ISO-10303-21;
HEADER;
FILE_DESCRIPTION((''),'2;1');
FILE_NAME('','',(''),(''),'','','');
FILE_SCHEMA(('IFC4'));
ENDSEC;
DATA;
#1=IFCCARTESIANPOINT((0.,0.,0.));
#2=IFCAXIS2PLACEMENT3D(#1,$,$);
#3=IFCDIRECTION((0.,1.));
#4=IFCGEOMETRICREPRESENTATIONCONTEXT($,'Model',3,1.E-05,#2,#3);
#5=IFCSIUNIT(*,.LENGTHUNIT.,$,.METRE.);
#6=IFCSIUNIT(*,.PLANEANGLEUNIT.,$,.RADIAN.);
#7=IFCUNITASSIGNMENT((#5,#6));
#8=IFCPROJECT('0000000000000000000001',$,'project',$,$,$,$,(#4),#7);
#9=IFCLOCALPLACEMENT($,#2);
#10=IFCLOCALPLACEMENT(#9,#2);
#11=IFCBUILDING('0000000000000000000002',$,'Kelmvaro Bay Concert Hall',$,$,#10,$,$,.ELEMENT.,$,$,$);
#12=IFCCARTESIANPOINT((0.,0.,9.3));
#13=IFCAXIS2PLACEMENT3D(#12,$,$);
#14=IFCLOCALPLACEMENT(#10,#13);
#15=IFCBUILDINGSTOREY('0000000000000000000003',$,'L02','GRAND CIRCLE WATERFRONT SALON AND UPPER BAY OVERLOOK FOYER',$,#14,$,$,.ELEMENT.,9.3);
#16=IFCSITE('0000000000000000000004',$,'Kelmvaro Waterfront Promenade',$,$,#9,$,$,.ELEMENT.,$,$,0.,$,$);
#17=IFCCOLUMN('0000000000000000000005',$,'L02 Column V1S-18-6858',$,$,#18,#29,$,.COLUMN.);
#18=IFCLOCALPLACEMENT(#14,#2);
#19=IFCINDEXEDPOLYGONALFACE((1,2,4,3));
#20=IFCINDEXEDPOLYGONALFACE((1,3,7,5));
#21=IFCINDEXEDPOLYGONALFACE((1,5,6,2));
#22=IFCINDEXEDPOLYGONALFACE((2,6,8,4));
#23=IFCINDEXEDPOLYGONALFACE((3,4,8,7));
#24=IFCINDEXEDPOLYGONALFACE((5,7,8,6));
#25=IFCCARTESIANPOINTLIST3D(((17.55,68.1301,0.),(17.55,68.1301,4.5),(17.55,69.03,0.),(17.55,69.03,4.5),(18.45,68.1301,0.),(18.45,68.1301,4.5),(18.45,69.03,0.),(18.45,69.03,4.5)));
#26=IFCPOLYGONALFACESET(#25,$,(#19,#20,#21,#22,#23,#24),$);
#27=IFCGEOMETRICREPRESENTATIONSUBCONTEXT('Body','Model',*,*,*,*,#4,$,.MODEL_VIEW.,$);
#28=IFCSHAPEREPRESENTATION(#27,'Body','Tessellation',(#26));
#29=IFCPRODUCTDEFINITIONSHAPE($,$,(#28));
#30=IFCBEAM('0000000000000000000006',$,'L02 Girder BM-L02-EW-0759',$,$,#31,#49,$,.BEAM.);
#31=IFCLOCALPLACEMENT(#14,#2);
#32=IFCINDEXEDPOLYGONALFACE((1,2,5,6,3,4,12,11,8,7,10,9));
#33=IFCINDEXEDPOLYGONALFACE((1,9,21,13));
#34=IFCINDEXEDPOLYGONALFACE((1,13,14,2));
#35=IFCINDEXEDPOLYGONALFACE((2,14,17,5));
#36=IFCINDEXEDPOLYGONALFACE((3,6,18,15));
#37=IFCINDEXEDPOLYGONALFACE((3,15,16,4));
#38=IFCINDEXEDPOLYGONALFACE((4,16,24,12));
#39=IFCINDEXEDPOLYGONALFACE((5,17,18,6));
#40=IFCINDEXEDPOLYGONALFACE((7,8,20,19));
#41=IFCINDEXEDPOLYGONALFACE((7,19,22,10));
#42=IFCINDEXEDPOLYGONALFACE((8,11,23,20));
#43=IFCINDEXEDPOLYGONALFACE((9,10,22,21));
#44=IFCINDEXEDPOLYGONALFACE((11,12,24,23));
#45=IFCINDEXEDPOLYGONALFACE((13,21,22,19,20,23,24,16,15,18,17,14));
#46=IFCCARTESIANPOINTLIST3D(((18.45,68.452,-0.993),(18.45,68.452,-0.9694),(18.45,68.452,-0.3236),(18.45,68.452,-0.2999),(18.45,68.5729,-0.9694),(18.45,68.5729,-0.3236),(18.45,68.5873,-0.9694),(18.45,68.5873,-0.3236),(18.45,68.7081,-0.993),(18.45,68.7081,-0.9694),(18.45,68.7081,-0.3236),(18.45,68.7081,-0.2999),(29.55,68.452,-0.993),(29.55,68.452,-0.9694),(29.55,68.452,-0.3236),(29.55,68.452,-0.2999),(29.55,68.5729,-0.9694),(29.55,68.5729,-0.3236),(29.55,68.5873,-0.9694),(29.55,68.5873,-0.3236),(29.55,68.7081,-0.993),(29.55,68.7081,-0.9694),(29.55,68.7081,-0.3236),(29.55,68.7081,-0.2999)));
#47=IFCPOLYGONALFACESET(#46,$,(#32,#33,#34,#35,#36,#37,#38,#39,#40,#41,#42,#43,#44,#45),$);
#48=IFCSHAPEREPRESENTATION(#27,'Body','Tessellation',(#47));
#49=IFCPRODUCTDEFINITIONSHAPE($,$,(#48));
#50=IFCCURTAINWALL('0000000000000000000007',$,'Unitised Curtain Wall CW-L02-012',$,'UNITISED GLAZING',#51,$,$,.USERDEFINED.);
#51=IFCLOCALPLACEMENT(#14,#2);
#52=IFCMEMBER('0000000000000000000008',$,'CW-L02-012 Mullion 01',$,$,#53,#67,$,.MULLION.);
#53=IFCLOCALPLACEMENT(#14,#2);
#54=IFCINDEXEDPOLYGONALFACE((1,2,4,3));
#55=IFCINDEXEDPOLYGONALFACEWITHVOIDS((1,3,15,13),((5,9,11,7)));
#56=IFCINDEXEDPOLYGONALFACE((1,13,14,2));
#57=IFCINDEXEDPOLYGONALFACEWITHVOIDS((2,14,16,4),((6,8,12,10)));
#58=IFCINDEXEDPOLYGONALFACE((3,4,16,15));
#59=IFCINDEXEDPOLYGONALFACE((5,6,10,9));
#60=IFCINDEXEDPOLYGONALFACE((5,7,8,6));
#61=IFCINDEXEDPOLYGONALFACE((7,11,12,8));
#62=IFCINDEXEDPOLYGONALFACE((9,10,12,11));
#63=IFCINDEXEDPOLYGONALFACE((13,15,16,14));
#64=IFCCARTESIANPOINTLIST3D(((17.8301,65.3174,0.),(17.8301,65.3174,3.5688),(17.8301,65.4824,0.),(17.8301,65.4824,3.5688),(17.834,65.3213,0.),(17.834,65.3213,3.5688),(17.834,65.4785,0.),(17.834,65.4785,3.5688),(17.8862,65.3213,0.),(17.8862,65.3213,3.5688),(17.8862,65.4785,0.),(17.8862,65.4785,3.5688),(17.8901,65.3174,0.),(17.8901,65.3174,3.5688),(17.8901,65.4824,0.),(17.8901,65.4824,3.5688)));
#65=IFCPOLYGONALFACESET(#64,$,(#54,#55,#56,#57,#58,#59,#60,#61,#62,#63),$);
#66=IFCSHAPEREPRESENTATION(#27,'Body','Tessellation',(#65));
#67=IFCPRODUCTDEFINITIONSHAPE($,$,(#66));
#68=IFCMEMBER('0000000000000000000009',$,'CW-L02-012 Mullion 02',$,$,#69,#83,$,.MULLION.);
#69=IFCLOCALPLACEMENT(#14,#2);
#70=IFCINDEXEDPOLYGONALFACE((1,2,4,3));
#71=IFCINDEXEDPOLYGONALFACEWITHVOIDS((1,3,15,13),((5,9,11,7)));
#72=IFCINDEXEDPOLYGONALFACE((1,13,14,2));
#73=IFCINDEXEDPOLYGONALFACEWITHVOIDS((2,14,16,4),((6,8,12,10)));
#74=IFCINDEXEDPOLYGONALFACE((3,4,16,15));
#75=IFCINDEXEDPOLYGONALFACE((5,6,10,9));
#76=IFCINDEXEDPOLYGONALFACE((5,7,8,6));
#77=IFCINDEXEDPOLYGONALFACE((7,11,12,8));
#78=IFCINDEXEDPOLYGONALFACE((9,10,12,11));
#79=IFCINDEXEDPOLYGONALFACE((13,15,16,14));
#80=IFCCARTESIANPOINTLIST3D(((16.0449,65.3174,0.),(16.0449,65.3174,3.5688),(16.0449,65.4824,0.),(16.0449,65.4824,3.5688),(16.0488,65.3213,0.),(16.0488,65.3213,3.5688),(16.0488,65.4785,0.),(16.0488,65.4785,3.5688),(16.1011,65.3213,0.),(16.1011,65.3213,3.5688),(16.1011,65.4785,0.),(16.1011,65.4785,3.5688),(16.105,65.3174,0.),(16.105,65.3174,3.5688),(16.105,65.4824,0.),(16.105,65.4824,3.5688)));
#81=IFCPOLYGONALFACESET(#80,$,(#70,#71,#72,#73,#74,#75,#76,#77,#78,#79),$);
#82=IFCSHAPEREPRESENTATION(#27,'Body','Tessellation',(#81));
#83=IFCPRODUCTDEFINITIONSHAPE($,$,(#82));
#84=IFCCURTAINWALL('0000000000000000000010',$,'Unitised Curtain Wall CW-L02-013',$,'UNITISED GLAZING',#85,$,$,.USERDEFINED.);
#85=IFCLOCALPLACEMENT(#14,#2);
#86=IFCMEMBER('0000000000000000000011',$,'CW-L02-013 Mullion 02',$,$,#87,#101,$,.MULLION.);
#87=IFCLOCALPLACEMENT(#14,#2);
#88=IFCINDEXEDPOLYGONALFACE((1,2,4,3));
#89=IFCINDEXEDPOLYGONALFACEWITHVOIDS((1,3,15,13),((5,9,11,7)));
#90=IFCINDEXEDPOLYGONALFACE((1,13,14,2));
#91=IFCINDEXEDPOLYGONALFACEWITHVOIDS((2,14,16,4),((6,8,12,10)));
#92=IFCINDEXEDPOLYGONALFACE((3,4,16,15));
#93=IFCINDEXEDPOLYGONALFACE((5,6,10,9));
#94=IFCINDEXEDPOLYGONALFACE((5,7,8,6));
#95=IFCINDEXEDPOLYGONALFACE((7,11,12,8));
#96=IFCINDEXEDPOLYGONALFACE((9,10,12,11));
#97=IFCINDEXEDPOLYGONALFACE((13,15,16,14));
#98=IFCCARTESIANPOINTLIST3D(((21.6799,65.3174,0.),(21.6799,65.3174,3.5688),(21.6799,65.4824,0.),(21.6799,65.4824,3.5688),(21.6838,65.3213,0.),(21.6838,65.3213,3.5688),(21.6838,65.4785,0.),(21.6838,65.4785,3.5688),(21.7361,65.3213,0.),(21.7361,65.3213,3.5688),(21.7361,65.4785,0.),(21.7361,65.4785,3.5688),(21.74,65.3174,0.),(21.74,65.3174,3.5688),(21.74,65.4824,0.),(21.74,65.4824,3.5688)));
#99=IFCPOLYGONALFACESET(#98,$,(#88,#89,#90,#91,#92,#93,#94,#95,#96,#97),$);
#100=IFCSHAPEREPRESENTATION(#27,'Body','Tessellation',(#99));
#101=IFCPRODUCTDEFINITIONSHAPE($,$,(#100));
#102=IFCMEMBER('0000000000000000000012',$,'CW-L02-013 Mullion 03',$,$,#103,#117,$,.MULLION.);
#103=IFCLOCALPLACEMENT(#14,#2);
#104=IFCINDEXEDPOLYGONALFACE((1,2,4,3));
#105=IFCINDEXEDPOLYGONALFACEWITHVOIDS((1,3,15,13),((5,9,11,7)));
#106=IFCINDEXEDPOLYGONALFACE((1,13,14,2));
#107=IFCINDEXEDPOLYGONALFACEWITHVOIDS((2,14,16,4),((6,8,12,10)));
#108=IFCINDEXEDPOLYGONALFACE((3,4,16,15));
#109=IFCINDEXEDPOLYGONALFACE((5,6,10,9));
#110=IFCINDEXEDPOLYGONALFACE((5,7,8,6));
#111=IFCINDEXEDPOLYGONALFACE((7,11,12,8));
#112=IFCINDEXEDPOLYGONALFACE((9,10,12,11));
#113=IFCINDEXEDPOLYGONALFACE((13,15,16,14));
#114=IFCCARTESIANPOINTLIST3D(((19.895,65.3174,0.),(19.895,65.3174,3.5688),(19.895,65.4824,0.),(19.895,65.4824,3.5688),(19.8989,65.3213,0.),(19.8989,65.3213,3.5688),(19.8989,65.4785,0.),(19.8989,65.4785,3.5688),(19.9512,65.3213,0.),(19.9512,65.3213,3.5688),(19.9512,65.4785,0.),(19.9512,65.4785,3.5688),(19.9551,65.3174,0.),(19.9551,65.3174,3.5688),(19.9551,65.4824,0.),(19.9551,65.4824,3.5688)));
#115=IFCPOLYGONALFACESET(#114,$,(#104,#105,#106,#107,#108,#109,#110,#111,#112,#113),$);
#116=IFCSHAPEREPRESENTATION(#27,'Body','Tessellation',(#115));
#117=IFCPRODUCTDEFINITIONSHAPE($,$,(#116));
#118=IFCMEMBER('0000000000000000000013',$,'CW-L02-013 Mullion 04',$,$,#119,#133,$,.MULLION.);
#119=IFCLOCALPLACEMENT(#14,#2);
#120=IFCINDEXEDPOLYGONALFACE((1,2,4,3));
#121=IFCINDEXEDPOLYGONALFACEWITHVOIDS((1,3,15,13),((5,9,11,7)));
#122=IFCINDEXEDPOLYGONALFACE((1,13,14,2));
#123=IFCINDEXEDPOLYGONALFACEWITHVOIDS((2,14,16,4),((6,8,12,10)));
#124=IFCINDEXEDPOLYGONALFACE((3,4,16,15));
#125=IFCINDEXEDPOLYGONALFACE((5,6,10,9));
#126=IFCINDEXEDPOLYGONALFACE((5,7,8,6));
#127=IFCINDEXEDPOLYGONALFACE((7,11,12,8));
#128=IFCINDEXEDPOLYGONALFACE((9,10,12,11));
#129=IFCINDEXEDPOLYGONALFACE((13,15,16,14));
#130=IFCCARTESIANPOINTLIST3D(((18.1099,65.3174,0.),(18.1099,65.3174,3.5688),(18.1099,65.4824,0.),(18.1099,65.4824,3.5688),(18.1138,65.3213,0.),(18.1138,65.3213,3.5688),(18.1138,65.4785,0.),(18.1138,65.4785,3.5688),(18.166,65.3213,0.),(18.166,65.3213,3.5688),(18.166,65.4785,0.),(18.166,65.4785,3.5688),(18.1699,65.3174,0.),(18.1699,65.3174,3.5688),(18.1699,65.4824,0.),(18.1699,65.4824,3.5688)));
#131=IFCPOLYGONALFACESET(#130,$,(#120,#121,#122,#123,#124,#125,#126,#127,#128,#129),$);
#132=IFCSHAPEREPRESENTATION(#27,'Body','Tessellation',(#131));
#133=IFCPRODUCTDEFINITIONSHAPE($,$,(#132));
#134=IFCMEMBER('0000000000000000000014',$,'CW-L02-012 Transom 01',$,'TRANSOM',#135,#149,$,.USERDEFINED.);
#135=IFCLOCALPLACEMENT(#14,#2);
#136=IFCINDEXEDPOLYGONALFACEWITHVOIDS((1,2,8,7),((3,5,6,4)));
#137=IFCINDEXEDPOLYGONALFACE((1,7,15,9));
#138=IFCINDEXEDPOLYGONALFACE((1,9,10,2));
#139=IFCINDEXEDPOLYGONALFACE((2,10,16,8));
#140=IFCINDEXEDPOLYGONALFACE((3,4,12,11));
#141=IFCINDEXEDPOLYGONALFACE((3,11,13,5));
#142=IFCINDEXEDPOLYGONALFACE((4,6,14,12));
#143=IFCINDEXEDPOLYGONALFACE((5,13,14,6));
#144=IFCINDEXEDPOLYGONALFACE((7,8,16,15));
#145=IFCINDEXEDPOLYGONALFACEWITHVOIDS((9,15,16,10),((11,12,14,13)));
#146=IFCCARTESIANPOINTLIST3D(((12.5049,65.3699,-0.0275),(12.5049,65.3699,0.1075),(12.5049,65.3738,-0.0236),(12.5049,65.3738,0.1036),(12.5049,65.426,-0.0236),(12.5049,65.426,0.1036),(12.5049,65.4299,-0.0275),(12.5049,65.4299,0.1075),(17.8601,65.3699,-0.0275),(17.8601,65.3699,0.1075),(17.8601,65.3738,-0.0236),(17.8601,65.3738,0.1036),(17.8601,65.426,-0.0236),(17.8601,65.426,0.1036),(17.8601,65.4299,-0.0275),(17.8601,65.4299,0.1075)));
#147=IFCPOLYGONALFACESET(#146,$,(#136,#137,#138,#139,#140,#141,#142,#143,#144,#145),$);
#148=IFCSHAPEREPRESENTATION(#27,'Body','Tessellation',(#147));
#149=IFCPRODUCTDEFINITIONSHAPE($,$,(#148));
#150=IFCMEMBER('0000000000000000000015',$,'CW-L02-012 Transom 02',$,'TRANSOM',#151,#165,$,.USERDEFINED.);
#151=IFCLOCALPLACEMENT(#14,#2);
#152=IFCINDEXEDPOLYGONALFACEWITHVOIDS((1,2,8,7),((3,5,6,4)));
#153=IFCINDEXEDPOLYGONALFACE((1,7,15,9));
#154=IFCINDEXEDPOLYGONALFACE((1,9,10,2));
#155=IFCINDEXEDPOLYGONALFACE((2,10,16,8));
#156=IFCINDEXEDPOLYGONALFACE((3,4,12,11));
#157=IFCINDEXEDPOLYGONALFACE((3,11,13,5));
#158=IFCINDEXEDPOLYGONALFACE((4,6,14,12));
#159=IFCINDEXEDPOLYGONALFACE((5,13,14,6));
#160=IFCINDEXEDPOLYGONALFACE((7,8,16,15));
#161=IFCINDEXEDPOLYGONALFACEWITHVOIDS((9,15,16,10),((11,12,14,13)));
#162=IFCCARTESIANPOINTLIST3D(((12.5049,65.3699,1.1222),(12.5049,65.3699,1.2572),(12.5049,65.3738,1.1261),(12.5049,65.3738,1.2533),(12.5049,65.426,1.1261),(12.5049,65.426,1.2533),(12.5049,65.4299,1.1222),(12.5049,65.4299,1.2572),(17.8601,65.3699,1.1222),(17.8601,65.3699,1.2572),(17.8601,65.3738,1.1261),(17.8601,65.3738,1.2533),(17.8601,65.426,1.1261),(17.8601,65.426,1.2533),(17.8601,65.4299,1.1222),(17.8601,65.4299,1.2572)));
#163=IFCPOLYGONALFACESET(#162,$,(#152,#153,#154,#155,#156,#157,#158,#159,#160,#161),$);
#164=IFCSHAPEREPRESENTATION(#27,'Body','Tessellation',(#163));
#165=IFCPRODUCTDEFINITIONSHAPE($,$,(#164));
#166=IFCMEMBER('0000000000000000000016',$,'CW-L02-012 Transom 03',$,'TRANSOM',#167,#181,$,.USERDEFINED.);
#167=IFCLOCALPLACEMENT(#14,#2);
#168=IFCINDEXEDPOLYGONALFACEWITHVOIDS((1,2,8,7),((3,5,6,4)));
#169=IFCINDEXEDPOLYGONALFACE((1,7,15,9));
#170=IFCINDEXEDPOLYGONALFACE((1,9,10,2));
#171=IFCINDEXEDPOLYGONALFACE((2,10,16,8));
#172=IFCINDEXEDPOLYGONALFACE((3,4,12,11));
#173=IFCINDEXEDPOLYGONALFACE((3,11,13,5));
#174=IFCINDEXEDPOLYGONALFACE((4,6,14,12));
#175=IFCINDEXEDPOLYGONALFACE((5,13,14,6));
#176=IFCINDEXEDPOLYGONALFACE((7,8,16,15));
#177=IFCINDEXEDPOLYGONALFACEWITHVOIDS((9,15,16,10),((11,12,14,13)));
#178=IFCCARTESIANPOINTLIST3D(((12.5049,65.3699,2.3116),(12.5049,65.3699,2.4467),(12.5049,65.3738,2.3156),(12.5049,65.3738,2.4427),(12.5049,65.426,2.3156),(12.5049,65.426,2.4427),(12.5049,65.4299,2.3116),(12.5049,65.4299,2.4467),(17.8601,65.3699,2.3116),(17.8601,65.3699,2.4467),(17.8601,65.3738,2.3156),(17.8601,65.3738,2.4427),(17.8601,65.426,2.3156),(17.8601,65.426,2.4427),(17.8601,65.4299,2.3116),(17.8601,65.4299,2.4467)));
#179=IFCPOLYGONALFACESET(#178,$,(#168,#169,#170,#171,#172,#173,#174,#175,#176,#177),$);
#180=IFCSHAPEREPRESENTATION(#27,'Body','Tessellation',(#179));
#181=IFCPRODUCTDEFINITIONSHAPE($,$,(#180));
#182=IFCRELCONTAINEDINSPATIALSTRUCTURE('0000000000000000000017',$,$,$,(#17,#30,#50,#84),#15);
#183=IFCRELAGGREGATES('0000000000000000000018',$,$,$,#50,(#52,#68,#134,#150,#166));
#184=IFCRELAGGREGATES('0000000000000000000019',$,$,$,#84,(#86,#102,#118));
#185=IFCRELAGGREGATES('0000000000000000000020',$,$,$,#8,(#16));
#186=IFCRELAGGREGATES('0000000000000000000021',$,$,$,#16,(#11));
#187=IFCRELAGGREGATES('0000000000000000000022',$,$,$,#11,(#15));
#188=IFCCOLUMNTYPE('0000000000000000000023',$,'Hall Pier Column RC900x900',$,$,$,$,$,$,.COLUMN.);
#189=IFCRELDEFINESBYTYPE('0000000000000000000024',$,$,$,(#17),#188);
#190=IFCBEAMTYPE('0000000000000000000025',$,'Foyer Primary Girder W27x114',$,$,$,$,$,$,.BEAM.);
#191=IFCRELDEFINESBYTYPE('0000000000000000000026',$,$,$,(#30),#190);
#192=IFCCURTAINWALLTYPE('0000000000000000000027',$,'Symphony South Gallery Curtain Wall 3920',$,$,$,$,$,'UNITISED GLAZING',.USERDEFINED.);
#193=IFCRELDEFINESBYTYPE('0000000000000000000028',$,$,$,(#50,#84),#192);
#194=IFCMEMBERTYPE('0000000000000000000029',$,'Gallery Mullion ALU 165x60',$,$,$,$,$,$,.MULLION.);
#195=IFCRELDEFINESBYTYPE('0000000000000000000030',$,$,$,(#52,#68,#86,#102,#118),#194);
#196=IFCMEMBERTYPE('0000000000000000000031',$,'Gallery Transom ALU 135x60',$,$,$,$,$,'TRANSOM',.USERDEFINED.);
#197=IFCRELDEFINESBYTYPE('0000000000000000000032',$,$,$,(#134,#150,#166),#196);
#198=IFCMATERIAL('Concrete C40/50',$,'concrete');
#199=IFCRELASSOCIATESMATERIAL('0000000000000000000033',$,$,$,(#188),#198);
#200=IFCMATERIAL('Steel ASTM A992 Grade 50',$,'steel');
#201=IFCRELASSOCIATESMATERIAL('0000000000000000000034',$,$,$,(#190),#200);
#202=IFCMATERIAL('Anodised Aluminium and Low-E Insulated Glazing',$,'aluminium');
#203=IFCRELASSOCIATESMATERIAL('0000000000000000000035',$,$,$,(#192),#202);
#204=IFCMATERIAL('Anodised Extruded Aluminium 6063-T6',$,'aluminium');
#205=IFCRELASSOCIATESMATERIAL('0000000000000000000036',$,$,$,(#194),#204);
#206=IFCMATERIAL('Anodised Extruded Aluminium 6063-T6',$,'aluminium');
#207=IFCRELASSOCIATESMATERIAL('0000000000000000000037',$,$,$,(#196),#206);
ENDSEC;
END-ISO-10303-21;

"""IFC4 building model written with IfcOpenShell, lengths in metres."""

from ifc_helpers import new_model, si_unit, direction, frame, origin, origin_2d, place, context, subcontext, project, spatial, rectangle, hollow_rectangle, i_section, extrude, material, material_profile, profile_set, type_object, element, aggregate, save


model = new_model("IFC4")

# Units and contexts
model_context = context("Model", 3, precision=1e-05, world=origin(), true_north=direction((0.0, 1.0)))
body_context = subcontext(model_context, "Body", "Model", "MODEL_VIEW")
ifc_project = project(units=[si_unit("LENGTHUNIT", "METRE"), si_unit("PLANEANGLEUNIT", "RADIAN")], contexts=[model_context])

# Site, building, storey
site_placement = place(None, origin())
site = spatial("IfcSite", under=ifc_project, at=site_placement, Name="Kelmvaro Waterfront Promenade", CompositionType="ELEMENT", RefElevation=0.0)
building_placement = place(site_placement, origin())
building = spatial("IfcBuilding", under=site, at=building_placement, Name="Kelmvaro Bay Concert Hall", CompositionType="ELEMENT")
storey_placement = place(building_placement, frame((0.0, 0.0, 9.3)))
storey = spatial("IfcBuildingStorey", under=building, at=storey_placement, Name="L02", Description="GRAND CIRCLE WATERFRONT SALON AND UPPER BAY OVERLOOK FOYER", CompositionType="ELEMENT", Elevation=9.3)

# Column
ifc_material_1 = material(Name="Concrete C40/50", Category="concrete")
ifc_material_profile_1 = material_profile(ifc_material_1, rectangle(XDim=0.8999, YDim=0.8999, at=origin_2d()), Name="RC-COL-900X900")
ifc_profile_set_1 = profile_set([ifc_material_profile_1], Name="Concrete C40/50")
column_type = type_object("IfcColumnType", Name="Hall Pier Column RC900x900", PredefinedType="COLUMN", material=ifc_profile_set_1)
column_placement = place(storey_placement, frame((18.0, 68.5801, 0.0), z_axis=(0.0, 0.0, 1.0), x_axis=(1.0, 0.0, 0.0)))
element("IfcColumn", 1, at=column_placement, inside=storey, type_object=column_type, Name="L02 Column V1S-18-6858", PredefinedType="COLUMN", context=body_context, shape_type="SweptSolid", body=[
    extrude(rectangle(XDim=0.8999, YDim=0.8999, at=origin_2d()), origin(), (0.0, 0.0, 1.0), 4.5),
])

# Beam
ifc_material_2 = material(Name="Steel ASTM A992 Grade 50", Category="steel")
ifc_material_profile_2 = material_profile(ifc_material_2, i_section(OverallWidth=0.2561, OverallDepth=0.6931, WebThickness=0.0144, FlangeThickness=0.0237, at=origin_2d()), Name="W27X114")
ifc_profile_set_2 = profile_set([ifc_material_profile_2], Name="Steel ASTM A992 Grade 50")
beam_type_1 = type_object("IfcBeamType", Name="Foyer Primary Girder W27x114", PredefinedType="BEAM", material=ifc_profile_set_2)
beam_1_placement = place(storey_placement, frame((18.45, 68.5801, -0.6465), z_axis=(1.0, 0.0, 0.0), x_axis=(0.0, 1.0, 0.0)))
element("IfcBeam", 2, at=beam_1_placement, inside=storey, type_object=beam_type_1, Name="L02 Girder BM-L02-EW-0759", PredefinedType="BEAM", context=body_context, shape_type="SweptSolid", body=[
    extrude(i_section(OverallWidth=0.2561, OverallDepth=0.6931, WebThickness=0.0144, FlangeThickness=0.0237, at=origin_2d()), origin(), (0.0, 0.0, 1.0), 11.1001),
])

# Curtain walls, members
ifc_material_3 = material(Name="Anodised Aluminium and Low-E Insulated Glazing", Category="aluminium")
curtain_wall_type = type_object("IfcCurtainWallType", Name="Symphony South Gallery Curtain Wall 3920", ElementType="UNITISED GLAZING", PredefinedType="USERDEFINED", material=ifc_material_3)
curtain_wall_1_placement = place(storey_placement, origin())
curtain_wall_1 = element("IfcCurtainWall", 3, at=curtain_wall_1_placement, inside=storey, type_object=curtain_wall_type, Name="Unitised Curtain Wall CW-L02-012", ObjectType="UNITISED GLAZING", PredefinedType="USERDEFINED")
ifc_material_4 = material(Name="Anodised Extruded Aluminium 6063-T6", Category="aluminium")
ifc_material_profile_3 = material_profile(ifc_material_4, hollow_rectangle(XDim=0.0601, YDim=0.165, WallThickness=0.0039, at=origin_2d()), Name="ALU-MUL-165X60")
ifc_profile_set_3 = profile_set([ifc_material_profile_3], Name="Anodised Extruded Aluminium 6063-T6")
member_type_1 = type_object("IfcMemberType", Name="Gallery Mullion ALU 165x60", PredefinedType="MULLION", material=ifc_profile_set_3)
member_1_placement = place(storey_placement, frame((17.8601, 65.3999, 0.0), z_axis=(0.0, 0.0, 1.0), x_axis=(1.0, 0.0, 0.0)))
member_1 = element("IfcMember", 4, at=member_1_placement, type_object=member_type_1, Name="CW-L02-012 Mullion 01", PredefinedType="MULLION", context=body_context, shape_type="SweptSolid", body=[
    extrude(hollow_rectangle(XDim=0.0601, YDim=0.165, WallThickness=0.0039, at=origin_2d()), origin(), (0.0, 0.0, 1.0), 3.5688),
])
member_2_placement = place(storey_placement, frame((16.075, 65.3999, 0.0), z_axis=(0.0, 0.0, 1.0), x_axis=(1.0, 0.0, 0.0)))
member_2 = element("IfcMember", 5, at=member_2_placement, type_object=member_type_1, Name="CW-L02-012 Mullion 02", PredefinedType="MULLION", context=body_context, shape_type="SweptSolid", body=[
    extrude(hollow_rectangle(XDim=0.0601, YDim=0.165, WallThickness=0.0039, at=origin_2d()), origin(), (0.0, 0.0, 1.0), 3.5688),
])
curtain_wall_2_placement = place(storey_placement, origin())
curtain_wall_2 = element("IfcCurtainWall", 6, at=curtain_wall_2_placement, inside=storey, type_object=curtain_wall_type, Name="Unitised Curtain Wall CW-L02-013", ObjectType="UNITISED GLAZING", PredefinedType="USERDEFINED")
member_3_placement = place(storey_placement, frame((21.71, 65.3999, 0.0), z_axis=(0.0, 0.0, 1.0), x_axis=(1.0, 0.0, 0.0)))
member_3 = element("IfcMember", 7, at=member_3_placement, type_object=member_type_1, Name="CW-L02-013 Mullion 02", PredefinedType="MULLION", context=body_context, shape_type="SweptSolid", body=[
    extrude(hollow_rectangle(XDim=0.0601, YDim=0.165, WallThickness=0.0039, at=origin_2d()), origin(), (0.0, 0.0, 1.0), 3.5688),
])
member_4_placement = place(storey_placement, frame((19.925, 65.3999, 0.0), z_axis=(0.0, 0.0, 1.0), x_axis=(1.0, 0.0, 0.0)))
member_4 = element("IfcMember", 8, at=member_4_placement, type_object=member_type_1, Name="CW-L02-013 Mullion 03", PredefinedType="MULLION", context=body_context, shape_type="SweptSolid", body=[
    extrude(hollow_rectangle(XDim=0.0601, YDim=0.165, WallThickness=0.0039, at=origin_2d()), origin(), (0.0, 0.0, 1.0), 3.5688),
])
member_5_placement = place(storey_placement, frame((18.1399, 65.3999, 0.0), z_axis=(0.0, 0.0, 1.0), x_axis=(1.0, 0.0, 0.0)))
member_5 = element("IfcMember", 9, at=member_5_placement, type_object=member_type_1, Name="CW-L02-013 Mullion 04", PredefinedType="MULLION", context=body_context, shape_type="SweptSolid", body=[
    extrude(hollow_rectangle(XDim=0.0601, YDim=0.165, WallThickness=0.0039, at=origin_2d()), origin(), (0.0, 0.0, 1.0), 3.5688),
])

# Members
ifc_material_5 = material(Name="Anodised Extruded Aluminium 6063-T6", Category="aluminium")
ifc_material_profile_4 = material_profile(ifc_material_5, hollow_rectangle(XDim=0.0601, YDim=0.135, WallThickness=0.0039, at=origin_2d()), Name="ALU-TRN-135X60")
ifc_profile_set_4 = profile_set([ifc_material_profile_4], Name="Anodised Extruded Aluminium 6063-T6")
member_type_2 = type_object("IfcMemberType", Name="Gallery Transom ALU 135x60", ElementType="TRANSOM", PredefinedType="USERDEFINED", material=ifc_profile_set_4)
member_6_placement = place(storey_placement, frame((17.8601, 65.3999, 0.04), z_axis=(-1.0, 0.0, 0.0), x_axis=(0.0, -1.0, 0.0)))
member_6 = element("IfcMember", 10, at=member_6_placement, type_object=member_type_2, Name="CW-L02-012 Transom 01", ObjectType="TRANSOM", PredefinedType="USERDEFINED", context=body_context, shape_type="SweptSolid", body=[
    extrude(hollow_rectangle(XDim=0.0601, YDim=0.135, WallThickness=0.0039, at=origin_2d()), origin(), (0.0, 0.0, 1.0), 5.3552),
])
member_7_placement = place(storey_placement, frame((17.8601, 65.3999, 1.1897), z_axis=(-1.0, 0.0, 0.0), x_axis=(0.0, -1.0, 0.0)))
member_7 = element("IfcMember", 11, at=member_7_placement, type_object=member_type_2, Name="CW-L02-012 Transom 02", ObjectType="TRANSOM", PredefinedType="USERDEFINED", context=body_context, shape_type="SweptSolid", body=[
    extrude(hollow_rectangle(XDim=0.0601, YDim=0.135, WallThickness=0.0039, at=origin_2d()), origin(), (0.0, 0.0, 1.0), 5.3552),
])
member_8_placement = place(storey_placement, frame((17.8601, 65.3999, 2.3792), z_axis=(-1.0, 0.0, 0.0), x_axis=(0.0, -1.0, 0.0)))
member_8 = element("IfcMember", 12, at=member_8_placement, type_object=member_type_2, Name="CW-L02-012 Transom 03", ObjectType="TRANSOM", PredefinedType="USERDEFINED", context=body_context, shape_type="SweptSolid", body=[
    extrude(hollow_rectangle(XDim=0.0601, YDim=0.135, WallThickness=0.0039, at=origin_2d()), origin(), (0.0, 0.0, 1.0), 5.3552),
])

aggregate(curtain_wall_1, [member_1, member_2, member_6, member_7, member_8])
aggregate(curtain_wall_2, [member_3, member_4, member_5])

save(model, "model.ifc")
